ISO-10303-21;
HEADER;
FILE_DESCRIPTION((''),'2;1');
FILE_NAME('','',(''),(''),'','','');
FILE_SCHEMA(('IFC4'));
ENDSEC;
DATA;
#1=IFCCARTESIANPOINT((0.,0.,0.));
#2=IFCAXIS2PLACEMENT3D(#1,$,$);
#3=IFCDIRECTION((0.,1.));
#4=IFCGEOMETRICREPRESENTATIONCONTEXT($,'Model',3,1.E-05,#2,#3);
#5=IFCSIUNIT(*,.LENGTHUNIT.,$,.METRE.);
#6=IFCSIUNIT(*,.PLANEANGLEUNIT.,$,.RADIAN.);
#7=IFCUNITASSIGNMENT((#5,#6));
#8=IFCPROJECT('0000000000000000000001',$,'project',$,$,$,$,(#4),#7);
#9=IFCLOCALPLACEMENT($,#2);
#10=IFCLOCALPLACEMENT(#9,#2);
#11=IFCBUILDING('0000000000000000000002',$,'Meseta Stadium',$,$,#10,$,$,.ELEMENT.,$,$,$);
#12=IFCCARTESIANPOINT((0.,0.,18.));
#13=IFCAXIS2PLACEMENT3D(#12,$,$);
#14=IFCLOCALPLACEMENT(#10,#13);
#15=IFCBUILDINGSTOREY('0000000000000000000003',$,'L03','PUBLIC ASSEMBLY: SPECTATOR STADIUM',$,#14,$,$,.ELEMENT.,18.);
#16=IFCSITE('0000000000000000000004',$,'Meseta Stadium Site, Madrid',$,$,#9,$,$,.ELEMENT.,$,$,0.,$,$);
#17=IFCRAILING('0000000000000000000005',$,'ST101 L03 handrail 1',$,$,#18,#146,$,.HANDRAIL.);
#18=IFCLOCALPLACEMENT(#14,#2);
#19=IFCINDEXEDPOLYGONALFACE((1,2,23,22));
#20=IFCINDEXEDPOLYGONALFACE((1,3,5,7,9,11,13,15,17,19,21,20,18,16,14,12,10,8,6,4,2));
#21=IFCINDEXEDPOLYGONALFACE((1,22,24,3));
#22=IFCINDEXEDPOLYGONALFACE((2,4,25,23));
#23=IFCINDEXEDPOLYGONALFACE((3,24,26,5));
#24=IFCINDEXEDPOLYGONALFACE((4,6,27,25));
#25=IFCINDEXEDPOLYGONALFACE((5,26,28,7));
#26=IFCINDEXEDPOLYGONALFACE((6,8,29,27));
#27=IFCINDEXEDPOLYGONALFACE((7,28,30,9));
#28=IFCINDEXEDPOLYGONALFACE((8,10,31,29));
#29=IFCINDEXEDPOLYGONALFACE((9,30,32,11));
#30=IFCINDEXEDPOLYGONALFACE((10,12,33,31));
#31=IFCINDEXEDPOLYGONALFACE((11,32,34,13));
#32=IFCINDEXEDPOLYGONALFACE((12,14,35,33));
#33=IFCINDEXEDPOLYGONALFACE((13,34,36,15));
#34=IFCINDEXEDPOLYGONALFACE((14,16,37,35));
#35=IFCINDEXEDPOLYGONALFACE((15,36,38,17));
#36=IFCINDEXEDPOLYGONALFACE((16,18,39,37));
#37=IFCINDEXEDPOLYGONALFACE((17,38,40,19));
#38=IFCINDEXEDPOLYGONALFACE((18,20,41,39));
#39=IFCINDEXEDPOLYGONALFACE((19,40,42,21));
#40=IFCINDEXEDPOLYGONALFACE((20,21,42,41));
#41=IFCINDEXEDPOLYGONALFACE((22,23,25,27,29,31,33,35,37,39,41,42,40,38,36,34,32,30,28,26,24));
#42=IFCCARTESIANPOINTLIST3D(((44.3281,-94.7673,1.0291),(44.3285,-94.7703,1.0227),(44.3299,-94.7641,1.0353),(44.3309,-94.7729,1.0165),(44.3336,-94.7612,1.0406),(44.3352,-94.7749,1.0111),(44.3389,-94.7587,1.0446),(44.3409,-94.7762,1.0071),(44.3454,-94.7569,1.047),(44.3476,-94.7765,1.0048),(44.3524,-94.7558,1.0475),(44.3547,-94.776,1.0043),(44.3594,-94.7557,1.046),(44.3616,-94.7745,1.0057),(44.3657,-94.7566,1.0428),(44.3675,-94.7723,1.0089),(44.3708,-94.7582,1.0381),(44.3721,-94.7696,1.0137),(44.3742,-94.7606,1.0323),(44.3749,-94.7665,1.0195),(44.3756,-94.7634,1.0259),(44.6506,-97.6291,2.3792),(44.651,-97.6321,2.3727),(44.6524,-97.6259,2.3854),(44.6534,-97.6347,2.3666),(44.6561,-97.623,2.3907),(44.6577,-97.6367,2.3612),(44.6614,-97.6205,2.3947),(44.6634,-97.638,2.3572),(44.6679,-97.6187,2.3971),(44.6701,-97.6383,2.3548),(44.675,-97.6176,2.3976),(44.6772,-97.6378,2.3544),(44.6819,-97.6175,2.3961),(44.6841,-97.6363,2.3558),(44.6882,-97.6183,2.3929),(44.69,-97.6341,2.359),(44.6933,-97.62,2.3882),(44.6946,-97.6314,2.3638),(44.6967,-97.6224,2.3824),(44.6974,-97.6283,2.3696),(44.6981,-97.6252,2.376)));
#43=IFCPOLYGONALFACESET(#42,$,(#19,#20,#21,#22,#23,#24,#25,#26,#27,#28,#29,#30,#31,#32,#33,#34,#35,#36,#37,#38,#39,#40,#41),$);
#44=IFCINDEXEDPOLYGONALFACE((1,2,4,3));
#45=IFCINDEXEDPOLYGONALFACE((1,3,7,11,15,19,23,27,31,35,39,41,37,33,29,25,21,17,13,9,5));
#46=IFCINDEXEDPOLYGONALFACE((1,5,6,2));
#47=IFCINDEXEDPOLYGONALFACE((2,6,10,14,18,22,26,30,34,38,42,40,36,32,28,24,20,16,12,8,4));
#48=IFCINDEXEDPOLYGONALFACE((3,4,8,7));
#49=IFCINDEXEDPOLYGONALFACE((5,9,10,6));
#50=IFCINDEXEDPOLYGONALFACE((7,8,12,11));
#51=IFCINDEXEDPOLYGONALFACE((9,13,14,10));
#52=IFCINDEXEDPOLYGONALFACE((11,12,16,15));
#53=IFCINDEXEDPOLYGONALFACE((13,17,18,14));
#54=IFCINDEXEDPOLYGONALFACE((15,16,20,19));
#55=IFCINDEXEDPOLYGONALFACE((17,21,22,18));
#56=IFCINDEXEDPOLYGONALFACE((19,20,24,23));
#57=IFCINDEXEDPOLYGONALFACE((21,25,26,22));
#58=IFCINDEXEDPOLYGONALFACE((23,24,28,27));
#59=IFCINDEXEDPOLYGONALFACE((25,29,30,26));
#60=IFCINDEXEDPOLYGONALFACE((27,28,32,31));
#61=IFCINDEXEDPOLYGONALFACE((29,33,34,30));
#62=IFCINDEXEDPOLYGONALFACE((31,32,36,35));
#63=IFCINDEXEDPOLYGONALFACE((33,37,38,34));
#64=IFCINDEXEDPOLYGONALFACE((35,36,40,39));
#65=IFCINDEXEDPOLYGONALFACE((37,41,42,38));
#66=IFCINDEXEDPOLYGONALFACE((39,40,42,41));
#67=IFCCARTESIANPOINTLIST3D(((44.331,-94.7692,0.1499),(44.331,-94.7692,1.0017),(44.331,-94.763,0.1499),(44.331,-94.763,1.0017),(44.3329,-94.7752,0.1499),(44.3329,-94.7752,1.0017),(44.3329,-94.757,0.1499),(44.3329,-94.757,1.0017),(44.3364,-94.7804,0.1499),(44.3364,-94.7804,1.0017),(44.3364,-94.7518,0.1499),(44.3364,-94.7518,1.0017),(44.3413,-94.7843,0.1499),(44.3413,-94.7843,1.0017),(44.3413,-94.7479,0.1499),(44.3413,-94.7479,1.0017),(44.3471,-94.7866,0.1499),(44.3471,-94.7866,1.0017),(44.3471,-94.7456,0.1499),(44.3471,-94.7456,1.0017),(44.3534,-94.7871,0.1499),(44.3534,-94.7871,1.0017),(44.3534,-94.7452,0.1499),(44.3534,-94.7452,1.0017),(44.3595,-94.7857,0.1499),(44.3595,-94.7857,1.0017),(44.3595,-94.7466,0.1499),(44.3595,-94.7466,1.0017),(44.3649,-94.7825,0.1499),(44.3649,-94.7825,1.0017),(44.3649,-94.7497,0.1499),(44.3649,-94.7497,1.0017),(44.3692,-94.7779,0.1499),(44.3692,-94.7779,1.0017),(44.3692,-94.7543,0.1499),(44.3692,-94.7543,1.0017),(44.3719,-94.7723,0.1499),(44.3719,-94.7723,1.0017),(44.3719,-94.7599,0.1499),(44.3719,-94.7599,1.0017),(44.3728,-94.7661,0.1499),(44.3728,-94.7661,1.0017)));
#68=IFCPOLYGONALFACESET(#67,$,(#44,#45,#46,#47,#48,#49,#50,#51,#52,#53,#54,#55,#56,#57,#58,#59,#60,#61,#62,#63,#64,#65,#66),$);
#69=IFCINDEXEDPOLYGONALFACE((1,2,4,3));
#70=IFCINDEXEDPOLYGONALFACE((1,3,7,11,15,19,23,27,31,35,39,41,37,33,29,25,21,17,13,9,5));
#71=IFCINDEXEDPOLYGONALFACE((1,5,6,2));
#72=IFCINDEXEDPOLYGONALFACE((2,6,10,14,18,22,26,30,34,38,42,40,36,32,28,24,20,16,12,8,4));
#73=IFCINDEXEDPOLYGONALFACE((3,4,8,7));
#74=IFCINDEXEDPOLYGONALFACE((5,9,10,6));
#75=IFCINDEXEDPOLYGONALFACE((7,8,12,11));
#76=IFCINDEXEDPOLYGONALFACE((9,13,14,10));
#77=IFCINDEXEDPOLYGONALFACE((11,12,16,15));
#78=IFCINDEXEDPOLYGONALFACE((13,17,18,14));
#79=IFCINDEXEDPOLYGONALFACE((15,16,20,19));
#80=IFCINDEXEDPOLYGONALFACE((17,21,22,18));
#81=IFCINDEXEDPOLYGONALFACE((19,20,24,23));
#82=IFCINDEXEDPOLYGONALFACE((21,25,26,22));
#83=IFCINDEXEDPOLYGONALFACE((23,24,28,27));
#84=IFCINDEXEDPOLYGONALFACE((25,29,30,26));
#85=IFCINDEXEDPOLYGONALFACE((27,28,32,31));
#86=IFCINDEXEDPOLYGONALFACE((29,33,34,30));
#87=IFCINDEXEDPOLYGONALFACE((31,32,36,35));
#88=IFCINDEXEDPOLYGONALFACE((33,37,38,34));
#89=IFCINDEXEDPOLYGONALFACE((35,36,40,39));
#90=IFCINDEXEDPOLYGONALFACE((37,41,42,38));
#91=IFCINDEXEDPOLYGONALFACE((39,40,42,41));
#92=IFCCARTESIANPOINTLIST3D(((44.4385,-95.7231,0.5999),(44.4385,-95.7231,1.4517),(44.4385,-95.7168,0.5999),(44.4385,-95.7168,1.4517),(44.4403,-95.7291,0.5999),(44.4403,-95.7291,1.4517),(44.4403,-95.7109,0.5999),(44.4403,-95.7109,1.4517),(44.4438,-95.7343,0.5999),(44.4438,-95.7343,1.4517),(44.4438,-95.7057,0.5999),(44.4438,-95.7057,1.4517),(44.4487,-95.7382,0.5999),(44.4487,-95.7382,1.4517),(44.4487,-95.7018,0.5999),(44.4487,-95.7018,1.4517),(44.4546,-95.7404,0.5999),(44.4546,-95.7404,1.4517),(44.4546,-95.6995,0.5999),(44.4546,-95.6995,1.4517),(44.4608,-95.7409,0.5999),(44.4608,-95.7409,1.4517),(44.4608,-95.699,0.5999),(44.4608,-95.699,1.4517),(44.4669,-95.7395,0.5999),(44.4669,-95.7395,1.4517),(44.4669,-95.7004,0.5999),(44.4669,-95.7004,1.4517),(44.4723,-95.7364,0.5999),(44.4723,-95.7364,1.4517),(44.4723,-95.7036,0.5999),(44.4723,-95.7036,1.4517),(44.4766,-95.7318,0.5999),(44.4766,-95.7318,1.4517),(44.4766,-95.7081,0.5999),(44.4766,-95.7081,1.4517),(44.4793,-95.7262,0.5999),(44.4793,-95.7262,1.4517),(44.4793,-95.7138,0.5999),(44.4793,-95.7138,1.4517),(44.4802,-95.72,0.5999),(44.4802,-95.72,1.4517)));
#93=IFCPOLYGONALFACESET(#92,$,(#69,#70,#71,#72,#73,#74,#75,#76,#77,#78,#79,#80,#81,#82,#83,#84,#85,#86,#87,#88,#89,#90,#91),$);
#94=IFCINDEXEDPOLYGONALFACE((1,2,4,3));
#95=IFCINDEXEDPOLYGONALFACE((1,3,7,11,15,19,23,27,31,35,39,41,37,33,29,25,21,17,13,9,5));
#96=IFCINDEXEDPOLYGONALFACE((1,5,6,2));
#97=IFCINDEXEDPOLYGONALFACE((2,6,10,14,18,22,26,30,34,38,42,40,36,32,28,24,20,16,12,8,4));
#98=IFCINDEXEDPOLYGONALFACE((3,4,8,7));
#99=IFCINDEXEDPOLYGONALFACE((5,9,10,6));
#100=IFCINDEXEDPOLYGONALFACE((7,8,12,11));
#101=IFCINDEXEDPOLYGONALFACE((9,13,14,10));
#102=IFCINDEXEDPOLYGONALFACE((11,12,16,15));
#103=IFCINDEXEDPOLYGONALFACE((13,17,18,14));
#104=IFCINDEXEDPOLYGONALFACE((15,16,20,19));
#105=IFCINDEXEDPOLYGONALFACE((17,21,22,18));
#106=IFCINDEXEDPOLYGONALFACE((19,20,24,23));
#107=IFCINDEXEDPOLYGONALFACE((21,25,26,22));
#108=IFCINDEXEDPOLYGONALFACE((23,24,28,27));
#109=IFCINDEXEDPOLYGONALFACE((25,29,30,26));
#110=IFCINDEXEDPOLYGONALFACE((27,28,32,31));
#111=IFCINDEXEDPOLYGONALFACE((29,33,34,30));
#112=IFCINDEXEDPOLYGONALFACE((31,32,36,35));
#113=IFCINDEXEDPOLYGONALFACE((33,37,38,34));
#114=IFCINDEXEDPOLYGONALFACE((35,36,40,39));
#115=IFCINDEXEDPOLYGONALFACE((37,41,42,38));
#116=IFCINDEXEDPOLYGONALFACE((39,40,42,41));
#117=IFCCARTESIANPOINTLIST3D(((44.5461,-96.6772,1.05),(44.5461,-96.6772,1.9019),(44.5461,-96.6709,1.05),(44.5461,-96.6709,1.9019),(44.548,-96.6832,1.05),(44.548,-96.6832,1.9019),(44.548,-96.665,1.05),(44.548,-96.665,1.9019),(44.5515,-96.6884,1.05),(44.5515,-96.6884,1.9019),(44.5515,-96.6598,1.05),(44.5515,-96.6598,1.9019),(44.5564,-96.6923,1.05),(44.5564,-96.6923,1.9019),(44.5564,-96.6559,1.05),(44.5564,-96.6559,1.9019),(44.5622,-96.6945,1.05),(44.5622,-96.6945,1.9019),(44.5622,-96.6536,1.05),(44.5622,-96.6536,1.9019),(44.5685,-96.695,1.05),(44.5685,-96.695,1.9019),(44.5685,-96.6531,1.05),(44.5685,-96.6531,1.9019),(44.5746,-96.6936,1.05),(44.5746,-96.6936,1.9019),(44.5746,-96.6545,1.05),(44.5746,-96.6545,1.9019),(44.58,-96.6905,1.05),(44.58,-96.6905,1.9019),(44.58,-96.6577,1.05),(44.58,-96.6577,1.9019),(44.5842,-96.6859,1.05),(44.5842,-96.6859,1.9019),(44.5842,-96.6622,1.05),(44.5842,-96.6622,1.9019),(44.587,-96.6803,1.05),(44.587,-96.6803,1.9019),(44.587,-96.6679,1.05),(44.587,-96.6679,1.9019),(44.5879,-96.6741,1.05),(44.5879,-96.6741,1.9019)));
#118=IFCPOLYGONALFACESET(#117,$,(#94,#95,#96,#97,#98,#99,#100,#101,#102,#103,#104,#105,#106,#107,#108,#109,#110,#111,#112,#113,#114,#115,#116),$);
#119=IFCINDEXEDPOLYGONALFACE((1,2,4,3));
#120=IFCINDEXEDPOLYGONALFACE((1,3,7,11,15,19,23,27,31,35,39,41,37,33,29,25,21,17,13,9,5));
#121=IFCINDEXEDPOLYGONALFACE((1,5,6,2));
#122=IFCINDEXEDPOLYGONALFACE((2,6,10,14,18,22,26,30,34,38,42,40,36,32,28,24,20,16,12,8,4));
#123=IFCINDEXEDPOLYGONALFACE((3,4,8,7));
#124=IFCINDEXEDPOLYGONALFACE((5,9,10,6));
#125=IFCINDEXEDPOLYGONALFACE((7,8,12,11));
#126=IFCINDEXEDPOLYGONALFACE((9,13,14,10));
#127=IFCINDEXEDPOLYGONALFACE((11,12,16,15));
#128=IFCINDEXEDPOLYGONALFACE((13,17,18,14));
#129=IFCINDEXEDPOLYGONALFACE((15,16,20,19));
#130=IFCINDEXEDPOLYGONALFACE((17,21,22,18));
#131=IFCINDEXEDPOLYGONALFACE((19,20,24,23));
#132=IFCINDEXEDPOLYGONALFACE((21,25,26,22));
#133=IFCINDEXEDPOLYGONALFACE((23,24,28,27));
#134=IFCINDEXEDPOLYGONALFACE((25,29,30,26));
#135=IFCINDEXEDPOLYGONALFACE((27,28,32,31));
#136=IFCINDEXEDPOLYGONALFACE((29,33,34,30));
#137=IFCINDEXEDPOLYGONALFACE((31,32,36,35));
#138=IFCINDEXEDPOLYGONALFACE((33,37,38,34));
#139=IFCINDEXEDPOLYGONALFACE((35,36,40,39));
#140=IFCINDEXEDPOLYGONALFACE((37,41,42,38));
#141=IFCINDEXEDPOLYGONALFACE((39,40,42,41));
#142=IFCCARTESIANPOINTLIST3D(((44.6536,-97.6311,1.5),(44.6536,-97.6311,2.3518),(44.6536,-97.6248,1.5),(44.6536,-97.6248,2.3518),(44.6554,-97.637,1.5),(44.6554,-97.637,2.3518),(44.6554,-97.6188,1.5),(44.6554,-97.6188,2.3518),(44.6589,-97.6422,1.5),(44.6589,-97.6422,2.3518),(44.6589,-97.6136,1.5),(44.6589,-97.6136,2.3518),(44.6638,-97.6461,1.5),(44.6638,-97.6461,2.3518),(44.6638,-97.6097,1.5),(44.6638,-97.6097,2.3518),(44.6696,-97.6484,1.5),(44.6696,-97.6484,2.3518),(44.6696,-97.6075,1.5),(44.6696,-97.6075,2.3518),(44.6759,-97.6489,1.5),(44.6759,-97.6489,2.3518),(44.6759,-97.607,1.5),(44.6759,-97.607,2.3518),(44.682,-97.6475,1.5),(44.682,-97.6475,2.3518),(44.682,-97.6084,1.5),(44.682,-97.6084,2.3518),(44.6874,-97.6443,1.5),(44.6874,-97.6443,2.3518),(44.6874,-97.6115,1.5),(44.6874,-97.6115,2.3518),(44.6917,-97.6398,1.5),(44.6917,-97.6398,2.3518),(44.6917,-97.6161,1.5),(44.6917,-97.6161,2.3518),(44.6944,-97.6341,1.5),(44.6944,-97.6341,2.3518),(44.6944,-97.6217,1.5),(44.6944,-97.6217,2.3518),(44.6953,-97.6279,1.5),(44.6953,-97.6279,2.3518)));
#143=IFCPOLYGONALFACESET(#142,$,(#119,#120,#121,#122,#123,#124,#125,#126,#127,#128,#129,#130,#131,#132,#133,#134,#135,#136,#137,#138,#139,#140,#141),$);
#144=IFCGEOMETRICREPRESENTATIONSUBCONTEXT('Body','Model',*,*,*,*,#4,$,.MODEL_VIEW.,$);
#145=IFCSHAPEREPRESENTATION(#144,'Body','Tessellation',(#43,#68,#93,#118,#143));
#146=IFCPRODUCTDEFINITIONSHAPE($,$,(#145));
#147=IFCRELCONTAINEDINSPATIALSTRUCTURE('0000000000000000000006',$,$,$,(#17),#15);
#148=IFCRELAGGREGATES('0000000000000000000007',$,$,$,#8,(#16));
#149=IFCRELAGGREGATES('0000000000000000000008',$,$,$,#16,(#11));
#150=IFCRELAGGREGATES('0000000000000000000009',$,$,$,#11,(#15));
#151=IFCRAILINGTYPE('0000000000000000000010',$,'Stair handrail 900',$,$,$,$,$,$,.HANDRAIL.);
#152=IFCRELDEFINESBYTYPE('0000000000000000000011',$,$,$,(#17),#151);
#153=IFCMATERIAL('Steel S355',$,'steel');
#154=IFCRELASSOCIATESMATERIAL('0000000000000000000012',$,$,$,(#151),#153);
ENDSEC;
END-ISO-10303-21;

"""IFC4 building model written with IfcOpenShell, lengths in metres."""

from ifc_helpers import new_model, si_unit, direction, frame, origin, origin_2d, place, context, subcontext, project, spatial, circle, extrude, material, type_object, element, save


model = new_model("IFC4")

# Units and contexts
model_context = context("Model", 3, precision=1e-05, world=origin(), true_north=direction((0.0, 1.0)))
body_context = subcontext(model_context, "Body", "Model", "MODEL_VIEW")
ifc_project = project(units=[si_unit("LENGTHUNIT", "METRE"), si_unit("PLANEANGLEUNIT", "RADIAN")], contexts=[model_context])

# Site, building, storey
site_placement = place(None, origin())
site = spatial("IfcSite", under=ifc_project, at=site_placement, Name="Meseta Stadium Site, Madrid", CompositionType="ELEMENT", RefElevation=0.0)
building_placement = place(site_placement, origin())
building = spatial("IfcBuilding", under=site, at=building_placement, Name="Meseta Stadium", CompositionType="ELEMENT")
storey_placement = place(building_placement, frame((0.0, 0.0, 18.0)))
storey = spatial("IfcBuildingStorey", under=building, at=storey_placement, Name="L03", Description="PUBLIC ASSEMBLY: SPECTATOR STADIUM", CompositionType="ELEMENT", Elevation=18.0)

# Railing
ifc_material_1 = material(Name="Steel S355", Category="steel")
railing_type_1 = type_object("IfcRailingType", Name="Stair handrail 900", PredefinedType="HANDRAIL", material=ifc_material_1)
for number, where, name in (
    (1, (44.3518, -94.7661, 0.1499), "ST101 L03 handrail 1"),
):
    element("IfcRailing", number, at=place(storey_placement, frame(where)), inside=storey, type_object=railing_type_1, Name=name, PredefinedType="HANDRAIL", context=body_context, shape_type="SweptSolid", body=[
        extrude(circle(Radius=0.0239, at=origin_2d()), frame((0.0, 0.0, 0.876), z_axis=(0.101396, -0.899748, 0.424467), x_axis=(0.99371, 0.111985, 0.0)), (0.0, 0.0, 1.0), 3.1807),
        extrude(circle(Radius=0.021, at=origin_2d()), origin(), (0.0, 0.0, 1.0), 0.8518),
        extrude(circle(Radius=0.021, at=origin_2d()), frame((0.1074, -0.9539, 0.45)), (0.0, 0.0, 1.0), 0.8518),
        extrude(circle(Radius=0.021, at=origin_2d()), frame((0.2151, -1.908, 0.9001)), (0.0, 0.0, 1.0), 0.8518),
        extrude(circle(Radius=0.021, at=origin_2d()), frame((0.3225, -2.8618, 1.3501)), (0.0, 0.0, 1.0), 0.8518),
    ])

save(model, "model.ifc")
